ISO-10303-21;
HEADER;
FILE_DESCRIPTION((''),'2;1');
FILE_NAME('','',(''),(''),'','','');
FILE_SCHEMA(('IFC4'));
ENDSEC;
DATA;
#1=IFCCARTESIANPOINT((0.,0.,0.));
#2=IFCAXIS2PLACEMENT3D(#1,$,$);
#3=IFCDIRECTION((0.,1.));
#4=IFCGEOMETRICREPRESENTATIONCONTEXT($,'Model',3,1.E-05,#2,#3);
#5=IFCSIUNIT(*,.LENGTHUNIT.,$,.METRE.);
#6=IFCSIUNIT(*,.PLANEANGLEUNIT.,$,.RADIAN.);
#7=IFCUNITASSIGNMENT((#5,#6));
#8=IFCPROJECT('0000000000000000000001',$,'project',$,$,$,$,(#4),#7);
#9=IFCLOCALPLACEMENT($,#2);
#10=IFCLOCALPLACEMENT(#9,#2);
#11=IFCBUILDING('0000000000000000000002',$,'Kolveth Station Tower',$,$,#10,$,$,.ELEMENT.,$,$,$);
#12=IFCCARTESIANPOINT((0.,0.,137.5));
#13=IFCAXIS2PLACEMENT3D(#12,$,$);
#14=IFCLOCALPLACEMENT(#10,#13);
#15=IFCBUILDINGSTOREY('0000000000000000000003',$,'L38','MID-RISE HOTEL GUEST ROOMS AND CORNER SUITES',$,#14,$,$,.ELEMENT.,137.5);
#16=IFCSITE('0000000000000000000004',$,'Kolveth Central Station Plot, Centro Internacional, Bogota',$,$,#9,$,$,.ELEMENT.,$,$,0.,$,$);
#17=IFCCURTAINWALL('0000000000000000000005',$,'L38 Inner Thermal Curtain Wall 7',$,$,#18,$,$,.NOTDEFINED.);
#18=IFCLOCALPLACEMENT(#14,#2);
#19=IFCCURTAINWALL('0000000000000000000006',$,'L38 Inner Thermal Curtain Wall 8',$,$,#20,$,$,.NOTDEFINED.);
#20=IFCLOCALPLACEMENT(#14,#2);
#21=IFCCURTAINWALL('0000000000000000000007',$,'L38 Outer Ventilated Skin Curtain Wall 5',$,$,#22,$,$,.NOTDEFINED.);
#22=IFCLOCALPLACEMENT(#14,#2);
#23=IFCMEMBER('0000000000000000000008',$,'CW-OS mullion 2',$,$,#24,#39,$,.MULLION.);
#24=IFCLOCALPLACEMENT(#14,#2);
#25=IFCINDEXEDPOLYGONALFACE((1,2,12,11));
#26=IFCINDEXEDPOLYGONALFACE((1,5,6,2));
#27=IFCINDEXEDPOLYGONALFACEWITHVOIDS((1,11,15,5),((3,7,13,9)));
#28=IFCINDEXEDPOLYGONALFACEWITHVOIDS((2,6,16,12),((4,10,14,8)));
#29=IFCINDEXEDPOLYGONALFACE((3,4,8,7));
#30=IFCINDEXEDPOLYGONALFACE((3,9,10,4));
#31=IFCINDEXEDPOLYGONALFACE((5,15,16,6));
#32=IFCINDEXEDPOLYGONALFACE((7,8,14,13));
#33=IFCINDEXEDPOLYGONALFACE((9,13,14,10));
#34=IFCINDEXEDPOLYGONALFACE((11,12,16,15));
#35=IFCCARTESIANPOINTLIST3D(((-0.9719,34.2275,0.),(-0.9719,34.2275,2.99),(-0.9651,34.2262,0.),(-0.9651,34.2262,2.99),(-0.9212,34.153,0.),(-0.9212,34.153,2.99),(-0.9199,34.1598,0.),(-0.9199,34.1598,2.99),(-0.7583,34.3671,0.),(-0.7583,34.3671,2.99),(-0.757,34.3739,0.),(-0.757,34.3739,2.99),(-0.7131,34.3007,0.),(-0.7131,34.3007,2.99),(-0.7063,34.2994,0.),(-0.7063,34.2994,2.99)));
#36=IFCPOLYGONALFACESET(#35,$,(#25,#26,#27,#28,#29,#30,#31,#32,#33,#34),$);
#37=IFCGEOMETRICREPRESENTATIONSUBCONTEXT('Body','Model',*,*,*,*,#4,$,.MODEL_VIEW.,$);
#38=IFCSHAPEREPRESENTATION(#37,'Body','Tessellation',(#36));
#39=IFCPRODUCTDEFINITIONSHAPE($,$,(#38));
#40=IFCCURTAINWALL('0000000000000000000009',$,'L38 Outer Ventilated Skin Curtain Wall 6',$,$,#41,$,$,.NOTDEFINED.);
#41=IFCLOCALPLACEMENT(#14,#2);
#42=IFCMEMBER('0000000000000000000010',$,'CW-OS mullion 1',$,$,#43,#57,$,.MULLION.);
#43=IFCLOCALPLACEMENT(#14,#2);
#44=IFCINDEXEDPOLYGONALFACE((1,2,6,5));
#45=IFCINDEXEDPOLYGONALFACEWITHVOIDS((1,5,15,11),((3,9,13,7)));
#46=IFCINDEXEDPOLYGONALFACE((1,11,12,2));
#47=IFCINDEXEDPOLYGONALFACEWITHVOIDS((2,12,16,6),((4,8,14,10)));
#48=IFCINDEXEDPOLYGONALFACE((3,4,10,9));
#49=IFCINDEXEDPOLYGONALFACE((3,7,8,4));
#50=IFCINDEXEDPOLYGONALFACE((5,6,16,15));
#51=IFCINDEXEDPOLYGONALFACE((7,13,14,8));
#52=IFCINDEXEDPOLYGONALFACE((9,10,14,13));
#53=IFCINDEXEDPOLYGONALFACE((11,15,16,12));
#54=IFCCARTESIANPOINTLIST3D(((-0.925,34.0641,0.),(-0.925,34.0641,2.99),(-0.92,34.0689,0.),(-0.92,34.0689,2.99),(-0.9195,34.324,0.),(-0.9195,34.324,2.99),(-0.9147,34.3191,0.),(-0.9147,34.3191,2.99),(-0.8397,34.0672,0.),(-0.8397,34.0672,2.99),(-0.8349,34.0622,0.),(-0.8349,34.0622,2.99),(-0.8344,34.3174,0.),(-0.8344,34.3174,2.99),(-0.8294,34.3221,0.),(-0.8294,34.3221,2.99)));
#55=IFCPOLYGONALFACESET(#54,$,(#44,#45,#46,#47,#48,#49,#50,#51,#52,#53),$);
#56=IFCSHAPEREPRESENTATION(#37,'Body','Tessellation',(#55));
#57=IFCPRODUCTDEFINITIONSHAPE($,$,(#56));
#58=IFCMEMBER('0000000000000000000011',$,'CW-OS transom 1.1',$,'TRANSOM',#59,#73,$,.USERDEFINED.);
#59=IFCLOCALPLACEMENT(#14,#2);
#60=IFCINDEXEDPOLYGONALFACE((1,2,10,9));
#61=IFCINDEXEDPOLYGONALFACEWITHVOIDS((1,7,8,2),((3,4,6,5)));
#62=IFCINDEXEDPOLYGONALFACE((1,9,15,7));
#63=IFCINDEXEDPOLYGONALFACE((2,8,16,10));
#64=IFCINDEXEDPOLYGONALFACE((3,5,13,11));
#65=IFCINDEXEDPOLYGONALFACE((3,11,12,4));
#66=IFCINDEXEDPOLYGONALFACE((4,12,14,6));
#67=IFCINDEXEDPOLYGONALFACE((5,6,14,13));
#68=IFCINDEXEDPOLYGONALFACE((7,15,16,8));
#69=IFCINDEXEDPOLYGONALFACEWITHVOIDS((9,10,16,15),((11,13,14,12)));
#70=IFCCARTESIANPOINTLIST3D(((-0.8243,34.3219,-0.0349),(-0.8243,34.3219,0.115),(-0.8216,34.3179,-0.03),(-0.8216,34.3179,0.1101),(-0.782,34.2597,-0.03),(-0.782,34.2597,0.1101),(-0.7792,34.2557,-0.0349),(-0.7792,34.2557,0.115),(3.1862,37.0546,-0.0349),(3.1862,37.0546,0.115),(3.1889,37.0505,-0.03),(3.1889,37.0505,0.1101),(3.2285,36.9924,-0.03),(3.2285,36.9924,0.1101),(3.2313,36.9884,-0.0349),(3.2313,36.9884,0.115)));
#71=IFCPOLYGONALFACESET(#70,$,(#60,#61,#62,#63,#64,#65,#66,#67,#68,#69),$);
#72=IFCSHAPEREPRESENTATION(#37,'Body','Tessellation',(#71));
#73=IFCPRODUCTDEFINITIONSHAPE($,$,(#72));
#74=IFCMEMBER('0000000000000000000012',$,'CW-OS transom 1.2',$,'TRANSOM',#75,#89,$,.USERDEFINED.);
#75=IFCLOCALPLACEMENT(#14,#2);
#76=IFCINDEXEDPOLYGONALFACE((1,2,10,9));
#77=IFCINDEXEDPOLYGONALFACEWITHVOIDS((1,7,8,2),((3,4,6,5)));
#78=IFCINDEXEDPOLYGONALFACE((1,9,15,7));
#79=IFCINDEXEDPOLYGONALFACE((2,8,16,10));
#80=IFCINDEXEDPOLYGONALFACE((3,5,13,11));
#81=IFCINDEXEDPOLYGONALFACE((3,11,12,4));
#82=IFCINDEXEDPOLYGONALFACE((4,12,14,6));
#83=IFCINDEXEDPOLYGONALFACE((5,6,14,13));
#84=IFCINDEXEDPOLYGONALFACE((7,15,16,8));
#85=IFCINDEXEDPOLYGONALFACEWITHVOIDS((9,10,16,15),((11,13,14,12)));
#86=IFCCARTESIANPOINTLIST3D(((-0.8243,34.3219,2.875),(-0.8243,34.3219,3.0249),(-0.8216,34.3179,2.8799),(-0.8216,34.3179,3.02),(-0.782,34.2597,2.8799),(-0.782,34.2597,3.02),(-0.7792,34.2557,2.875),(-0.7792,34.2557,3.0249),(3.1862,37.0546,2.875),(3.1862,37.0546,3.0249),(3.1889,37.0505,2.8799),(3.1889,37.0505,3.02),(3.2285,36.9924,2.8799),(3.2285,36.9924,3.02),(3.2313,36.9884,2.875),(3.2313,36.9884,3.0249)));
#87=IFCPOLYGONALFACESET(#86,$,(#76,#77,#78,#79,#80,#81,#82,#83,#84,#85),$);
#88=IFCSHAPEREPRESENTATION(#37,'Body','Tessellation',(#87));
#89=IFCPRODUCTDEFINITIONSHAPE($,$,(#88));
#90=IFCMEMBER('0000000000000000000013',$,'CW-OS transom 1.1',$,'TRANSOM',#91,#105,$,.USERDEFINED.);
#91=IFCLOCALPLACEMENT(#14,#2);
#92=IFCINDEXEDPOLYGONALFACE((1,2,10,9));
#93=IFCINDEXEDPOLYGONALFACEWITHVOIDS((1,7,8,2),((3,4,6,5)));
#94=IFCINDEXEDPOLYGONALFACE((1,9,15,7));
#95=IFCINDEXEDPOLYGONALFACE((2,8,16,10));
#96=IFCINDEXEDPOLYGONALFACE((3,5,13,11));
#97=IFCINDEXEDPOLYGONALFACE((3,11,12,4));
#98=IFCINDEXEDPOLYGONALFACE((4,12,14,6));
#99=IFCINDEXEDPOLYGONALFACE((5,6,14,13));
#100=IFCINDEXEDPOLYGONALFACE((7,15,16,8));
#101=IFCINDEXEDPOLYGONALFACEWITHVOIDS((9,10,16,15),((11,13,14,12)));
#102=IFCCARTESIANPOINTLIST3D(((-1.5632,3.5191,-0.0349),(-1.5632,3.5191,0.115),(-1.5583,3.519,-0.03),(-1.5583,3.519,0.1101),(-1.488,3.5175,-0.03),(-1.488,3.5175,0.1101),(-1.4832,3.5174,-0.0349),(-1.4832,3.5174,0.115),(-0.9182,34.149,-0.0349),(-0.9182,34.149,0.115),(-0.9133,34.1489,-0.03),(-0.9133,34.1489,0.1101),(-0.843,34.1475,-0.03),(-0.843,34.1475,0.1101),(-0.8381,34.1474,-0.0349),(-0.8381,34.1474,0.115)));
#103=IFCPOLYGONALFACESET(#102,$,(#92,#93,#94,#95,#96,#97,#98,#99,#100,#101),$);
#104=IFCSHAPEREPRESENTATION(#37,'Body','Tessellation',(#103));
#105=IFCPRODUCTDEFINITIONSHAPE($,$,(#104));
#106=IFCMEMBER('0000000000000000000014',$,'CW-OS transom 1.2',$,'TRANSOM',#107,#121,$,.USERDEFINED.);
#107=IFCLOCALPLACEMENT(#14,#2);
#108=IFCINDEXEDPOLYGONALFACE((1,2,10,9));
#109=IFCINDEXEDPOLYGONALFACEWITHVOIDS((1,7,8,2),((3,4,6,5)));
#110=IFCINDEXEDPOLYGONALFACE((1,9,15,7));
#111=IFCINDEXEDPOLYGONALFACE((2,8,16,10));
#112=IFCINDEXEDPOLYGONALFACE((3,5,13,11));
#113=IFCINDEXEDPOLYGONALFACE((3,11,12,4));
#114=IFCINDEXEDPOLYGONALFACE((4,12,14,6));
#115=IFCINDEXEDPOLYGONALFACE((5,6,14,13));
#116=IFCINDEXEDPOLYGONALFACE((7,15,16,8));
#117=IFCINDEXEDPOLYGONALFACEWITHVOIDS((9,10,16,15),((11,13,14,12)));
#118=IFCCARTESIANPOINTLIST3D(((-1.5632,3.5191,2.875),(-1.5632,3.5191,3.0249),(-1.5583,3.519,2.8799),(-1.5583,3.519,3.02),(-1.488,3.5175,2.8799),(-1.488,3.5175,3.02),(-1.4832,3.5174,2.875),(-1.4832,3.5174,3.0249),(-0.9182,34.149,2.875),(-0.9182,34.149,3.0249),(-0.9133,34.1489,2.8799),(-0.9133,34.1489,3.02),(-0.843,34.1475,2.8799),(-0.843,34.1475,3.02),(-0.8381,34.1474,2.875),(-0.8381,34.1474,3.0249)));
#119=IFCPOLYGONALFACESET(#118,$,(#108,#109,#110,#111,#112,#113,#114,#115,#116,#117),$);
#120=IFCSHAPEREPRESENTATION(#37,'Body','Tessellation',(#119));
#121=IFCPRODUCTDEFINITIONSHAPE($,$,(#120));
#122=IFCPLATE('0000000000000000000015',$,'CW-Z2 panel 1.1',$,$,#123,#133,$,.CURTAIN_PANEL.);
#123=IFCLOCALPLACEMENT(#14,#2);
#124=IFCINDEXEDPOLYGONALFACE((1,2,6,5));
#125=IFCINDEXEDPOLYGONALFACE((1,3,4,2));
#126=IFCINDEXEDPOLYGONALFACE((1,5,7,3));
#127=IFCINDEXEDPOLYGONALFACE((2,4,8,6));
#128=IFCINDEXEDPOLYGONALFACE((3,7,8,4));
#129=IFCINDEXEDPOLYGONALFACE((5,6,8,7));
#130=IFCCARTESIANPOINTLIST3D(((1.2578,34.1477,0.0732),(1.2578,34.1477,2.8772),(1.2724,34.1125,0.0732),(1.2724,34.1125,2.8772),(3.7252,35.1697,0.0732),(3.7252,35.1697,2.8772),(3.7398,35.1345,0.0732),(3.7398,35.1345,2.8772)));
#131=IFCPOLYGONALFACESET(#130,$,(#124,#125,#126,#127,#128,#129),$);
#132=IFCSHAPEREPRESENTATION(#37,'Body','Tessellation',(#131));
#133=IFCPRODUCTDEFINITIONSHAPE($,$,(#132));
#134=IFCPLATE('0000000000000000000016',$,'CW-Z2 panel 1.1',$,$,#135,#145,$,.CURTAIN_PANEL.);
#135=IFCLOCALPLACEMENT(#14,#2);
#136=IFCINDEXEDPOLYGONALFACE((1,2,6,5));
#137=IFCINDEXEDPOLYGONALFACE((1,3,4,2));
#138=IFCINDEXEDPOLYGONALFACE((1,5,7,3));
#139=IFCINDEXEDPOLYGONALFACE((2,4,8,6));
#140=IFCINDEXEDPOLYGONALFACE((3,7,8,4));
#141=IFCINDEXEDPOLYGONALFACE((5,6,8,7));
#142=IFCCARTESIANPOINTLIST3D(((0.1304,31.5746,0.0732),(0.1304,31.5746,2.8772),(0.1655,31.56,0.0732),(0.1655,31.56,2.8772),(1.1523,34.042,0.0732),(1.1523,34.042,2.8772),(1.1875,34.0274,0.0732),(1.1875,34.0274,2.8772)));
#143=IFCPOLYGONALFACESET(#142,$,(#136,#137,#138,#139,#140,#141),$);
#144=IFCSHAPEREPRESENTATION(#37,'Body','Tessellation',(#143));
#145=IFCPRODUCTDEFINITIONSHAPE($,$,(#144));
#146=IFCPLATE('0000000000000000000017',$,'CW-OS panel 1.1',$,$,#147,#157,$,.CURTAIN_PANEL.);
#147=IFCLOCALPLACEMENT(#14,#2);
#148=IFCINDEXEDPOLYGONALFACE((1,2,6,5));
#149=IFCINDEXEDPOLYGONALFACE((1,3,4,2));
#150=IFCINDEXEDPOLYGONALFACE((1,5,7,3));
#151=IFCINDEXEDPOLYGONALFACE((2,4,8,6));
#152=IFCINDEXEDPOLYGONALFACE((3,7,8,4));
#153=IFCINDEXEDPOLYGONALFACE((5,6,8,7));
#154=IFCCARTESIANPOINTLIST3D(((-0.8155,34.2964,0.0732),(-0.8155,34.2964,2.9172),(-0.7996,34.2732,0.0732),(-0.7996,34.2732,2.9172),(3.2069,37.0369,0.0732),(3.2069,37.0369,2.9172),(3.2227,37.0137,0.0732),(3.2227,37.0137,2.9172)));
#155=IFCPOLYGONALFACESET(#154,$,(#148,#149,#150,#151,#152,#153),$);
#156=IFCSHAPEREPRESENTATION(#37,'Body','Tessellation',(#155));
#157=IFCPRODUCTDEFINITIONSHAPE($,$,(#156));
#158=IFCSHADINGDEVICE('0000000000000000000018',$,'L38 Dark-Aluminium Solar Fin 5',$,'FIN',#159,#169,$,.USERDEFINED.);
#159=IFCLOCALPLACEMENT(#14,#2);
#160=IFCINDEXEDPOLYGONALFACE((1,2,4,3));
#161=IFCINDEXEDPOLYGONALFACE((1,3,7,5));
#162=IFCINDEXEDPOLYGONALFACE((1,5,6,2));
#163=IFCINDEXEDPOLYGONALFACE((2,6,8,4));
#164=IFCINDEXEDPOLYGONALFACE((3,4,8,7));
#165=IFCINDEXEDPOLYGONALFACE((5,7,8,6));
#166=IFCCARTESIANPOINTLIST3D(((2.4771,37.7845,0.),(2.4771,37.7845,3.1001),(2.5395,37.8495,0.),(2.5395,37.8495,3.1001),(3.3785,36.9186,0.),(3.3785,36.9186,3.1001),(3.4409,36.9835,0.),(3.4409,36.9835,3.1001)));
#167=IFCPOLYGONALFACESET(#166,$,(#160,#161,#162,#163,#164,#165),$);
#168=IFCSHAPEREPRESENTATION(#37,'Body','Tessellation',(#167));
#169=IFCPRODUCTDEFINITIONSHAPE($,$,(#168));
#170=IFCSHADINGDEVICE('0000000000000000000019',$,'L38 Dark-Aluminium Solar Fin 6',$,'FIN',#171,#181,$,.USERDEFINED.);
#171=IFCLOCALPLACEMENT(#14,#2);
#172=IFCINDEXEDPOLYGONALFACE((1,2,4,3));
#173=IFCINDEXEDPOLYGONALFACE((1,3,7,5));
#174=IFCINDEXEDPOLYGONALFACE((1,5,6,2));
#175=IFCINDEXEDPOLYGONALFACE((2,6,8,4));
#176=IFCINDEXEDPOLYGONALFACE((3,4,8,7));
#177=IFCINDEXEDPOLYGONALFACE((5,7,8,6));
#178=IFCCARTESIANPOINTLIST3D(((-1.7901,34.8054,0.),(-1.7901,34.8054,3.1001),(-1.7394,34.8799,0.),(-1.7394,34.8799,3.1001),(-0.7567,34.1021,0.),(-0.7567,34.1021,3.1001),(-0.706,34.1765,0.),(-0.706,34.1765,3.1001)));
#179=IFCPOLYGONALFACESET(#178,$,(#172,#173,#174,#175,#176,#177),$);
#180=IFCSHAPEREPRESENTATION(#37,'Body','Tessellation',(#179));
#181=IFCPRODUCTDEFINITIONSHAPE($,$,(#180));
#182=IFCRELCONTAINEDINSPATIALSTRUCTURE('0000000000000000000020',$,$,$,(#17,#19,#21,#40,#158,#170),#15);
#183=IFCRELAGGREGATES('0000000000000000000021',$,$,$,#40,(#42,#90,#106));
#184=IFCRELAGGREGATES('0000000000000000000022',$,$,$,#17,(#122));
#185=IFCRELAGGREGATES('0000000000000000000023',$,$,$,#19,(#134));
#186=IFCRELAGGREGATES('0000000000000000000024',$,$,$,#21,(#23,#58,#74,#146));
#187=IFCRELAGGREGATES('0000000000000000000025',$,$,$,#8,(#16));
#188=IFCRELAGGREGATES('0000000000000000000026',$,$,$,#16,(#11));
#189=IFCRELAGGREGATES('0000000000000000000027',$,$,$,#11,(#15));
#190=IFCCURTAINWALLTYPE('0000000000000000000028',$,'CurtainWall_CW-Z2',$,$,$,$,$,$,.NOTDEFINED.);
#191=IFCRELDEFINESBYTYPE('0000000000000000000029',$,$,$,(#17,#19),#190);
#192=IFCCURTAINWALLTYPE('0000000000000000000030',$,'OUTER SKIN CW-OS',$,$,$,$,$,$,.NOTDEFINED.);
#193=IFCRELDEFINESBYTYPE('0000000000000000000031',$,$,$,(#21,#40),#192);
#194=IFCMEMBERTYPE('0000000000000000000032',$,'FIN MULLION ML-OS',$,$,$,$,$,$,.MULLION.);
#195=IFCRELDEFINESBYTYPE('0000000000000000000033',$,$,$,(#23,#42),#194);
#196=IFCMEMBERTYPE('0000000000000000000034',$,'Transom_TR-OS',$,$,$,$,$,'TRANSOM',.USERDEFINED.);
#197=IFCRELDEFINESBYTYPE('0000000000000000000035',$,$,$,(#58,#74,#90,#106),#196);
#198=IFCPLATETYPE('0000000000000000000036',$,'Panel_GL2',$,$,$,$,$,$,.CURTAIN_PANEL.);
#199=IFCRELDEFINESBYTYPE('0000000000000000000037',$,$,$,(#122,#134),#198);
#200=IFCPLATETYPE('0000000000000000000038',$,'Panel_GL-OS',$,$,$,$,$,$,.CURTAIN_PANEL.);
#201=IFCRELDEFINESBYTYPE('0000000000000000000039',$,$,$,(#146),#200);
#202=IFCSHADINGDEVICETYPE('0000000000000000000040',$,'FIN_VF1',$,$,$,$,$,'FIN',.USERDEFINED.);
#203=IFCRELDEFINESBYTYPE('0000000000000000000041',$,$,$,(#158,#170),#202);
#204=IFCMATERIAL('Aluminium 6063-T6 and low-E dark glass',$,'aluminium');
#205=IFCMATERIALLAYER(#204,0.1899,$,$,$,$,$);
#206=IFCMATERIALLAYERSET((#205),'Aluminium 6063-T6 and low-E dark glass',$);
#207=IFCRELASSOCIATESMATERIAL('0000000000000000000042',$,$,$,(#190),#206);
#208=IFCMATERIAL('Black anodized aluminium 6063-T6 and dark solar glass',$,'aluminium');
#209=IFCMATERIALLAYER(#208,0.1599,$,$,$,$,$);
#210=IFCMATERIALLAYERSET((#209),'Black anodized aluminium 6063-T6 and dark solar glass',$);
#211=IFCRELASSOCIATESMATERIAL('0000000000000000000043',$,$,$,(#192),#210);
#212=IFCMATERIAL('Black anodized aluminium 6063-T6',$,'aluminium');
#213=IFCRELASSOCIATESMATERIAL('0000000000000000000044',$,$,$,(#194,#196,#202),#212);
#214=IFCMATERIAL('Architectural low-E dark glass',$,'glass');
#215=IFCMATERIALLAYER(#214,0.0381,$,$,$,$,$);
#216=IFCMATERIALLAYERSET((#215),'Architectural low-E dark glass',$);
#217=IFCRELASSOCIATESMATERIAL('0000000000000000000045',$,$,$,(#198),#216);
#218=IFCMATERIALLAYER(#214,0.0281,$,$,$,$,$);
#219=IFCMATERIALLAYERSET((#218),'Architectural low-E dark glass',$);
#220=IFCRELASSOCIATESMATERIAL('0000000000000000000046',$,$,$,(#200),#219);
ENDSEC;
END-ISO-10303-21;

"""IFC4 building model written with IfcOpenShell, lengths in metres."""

from ifc_helpers import new_model, si_unit, direction, frame, origin, origin_2d, place, context, subcontext, project, spatial, rectangle, hollow_rectangle, extrude, source, transform, mapped, material, layer, layer_set, material_profile, profile_set, type_object, element, aggregate, save


model = new_model("IFC4")

# Units and contexts
model_context = context("Model", 3, precision=1e-05, world=origin(), true_north=direction((0.0, 1.0)))
body_context = subcontext(model_context, "Body", "Model", "MODEL_VIEW")
ifc_project = project(units=[si_unit("LENGTHUNIT", "METRE"), si_unit("PLANEANGLEUNIT", "RADIAN")], contexts=[model_context])

# Site, building, storey
site_placement = place(None, origin())
site = spatial("IfcSite", under=ifc_project, at=site_placement, Name="Kolveth Central Station Plot, Centro Internacional, Bogota", CompositionType="ELEMENT", RefElevation=0.0)
building_placement = place(site_placement, origin())
building = spatial("IfcBuilding", under=site, at=building_placement, Name="Kolveth Station Tower", CompositionType="ELEMENT")
storey_placement = place(building_placement, frame((0.0, 0.0, 137.5)))
storey = spatial("IfcBuildingStorey", under=building, at=storey_placement, Name="L38", Description="MID-RISE HOTEL GUEST ROOMS AND CORNER SUITES", CompositionType="ELEMENT", Elevation=137.5)

# Shared definitions
ifc_material_1 = material(Name="Aluminium 6063-T6 and low-E dark glass", Category="aluminium")
ifc_layer_1 = layer(ifc_material_1, 0.1899)
ifc_layer_set_1 = layer_set([ifc_layer_1], Name="Aluminium 6063-T6 and low-E dark glass")
curtain_wall_type_1 = type_object("IfcCurtainWallType", Name="CurtainWall_CW-Z2", PredefinedType="NOTDEFINED", material=ifc_layer_set_1)
ifc_material_2 = material(Name="Black anodized aluminium 6063-T6", Category="aluminium")

# Curtain wall
curtain_wall_1_placement = place(storey_placement, origin())
curtain_wall_1 = element("IfcCurtainWall", 1, at=curtain_wall_1_placement, inside=storey, type_object=curtain_wall_type_1, Name="L38 Inner Thermal Curtain Wall 7", PredefinedType="NOTDEFINED")

# Curtain wall
curtain_wall_2_placement = place(storey_placement, origin())
curtain_wall_2 = element("IfcCurtainWall", 2, at=curtain_wall_2_placement, inside=storey, type_object=curtain_wall_type_1, Name="L38 Inner Thermal Curtain Wall 8", PredefinedType="NOTDEFINED")

# Shared definitions
ifc_material_3 = material(Name="Black anodized aluminium 6063-T6 and dark solar glass", Category="aluminium")
ifc_layer_2 = layer(ifc_material_3, 0.1599)
ifc_layer_set_2 = layer_set([ifc_layer_2], Name="Black anodized aluminium 6063-T6 and dark solar glass")
curtain_wall_type_2 = type_object("IfcCurtainWallType", Name="OUTER SKIN CW-OS", PredefinedType="NOTDEFINED", material=ifc_layer_set_2)
ifc_material_profile_1 = material_profile(ifc_material_2, hollow_rectangle(XDim=0.0901, YDim=0.26, WallThickness=0.0049, at=origin_2d()), Name="ALU-90x260x5")
ifc_profile_set_1 = profile_set([ifc_material_profile_1], Name="Black anodized aluminium 6063-T6")
member_type_1 = type_object("IfcMemberType", Name="FIN MULLION ML-OS", PredefinedType="MULLION", material=ifc_profile_set_1)
shared_shape_1 = source(origin(), body_context, "Body", "SweptSolid", [
    extrude(hollow_rectangle(XDim=0.0901, YDim=0.26, WallThickness=0.0049, at=origin_2d()), origin(), (0.0, 0.0, 1.0), 2.99),
])

# Curtain wall, member
curtain_wall_3_placement = place(storey_placement, origin())
curtain_wall_3 = element("IfcCurtainWall", 3, at=curtain_wall_3_placement, inside=storey, type_object=curtain_wall_type_2, Name="L38 Outer Ventilated Skin Curtain Wall 5", PredefinedType="NOTDEFINED")
member_1_placement = place(storey_placement, frame((-0.8391, 34.2634, 0.0), z_axis=(0.0, 0.0, 1.0), x_axis=(0.563058, -0.826417, 0.0)))
member_1 = element("IfcMember", 4, at=member_1_placement, type_object=member_type_1, Name="CW-OS mullion 2", PredefinedType="MULLION", context=body_context, shape_type="MappedRepresentation", body=[
    mapped(shared_shape_1, transform((0.0, 0.0, 0.0), x_axis=(1.0, 0.0, 0.0), y_axis=(0.0, 1.0, 0.0), z_axis=(0.0, 0.0, 1.0), scale=1.0)),
])

# Curtain wall, member
curtain_wall_4_placement = place(storey_placement, origin())
curtain_wall_4 = element("IfcCurtainWall", 5, at=curtain_wall_4_placement, inside=storey, type_object=curtain_wall_type_2, Name="L38 Outer Ventilated Skin Curtain Wall 6", PredefinedType="NOTDEFINED")
member_2_placement = place(storey_placement, frame((-0.8772, 34.1931, 0.0), z_axis=(0.0, 0.0, 1.0), x_axis=(0.999778, -0.021054, 0.0)))
member_2 = element("IfcMember", 6, at=member_2_placement, type_object=member_type_1, Name="CW-OS mullion 1", PredefinedType="MULLION", context=body_context, shape_type="MappedRepresentation", body=[
    mapped(shared_shape_1, transform((0.0, 0.0, 0.0), x_axis=(1.0, 0.0, 0.0), y_axis=(0.0, 1.0, 0.0), z_axis=(0.0, 0.0, 1.0), scale=1.0)),
])

# Members
ifc_material_profile_2 = material_profile(ifc_material_2, hollow_rectangle(XDim=0.0801, YDim=0.1499, WallThickness=0.0049, at=origin_2d()), Name="ALU-80x150x5")
ifc_profile_set_2 = profile_set([ifc_material_profile_2], Name="Black anodized aluminium 6063-T6")
member_type_2 = type_object("IfcMemberType", Name="Transom_TR-OS", ElementType="TRANSOM", PredefinedType="USERDEFINED", material=ifc_profile_set_2)
shared_shape_2 = source(origin(), body_context, "Body", "SweptSolid", [
    extrude(hollow_rectangle(XDim=0.0801, YDim=0.1499, WallThickness=0.0049, at=origin_2d()), origin(), (0.0, 0.0, 1.0), 4.853),
])
member_3_placement = place(storey_placement, frame((3.2087, 37.0215, 0.04), z_axis=(-0.826397, -0.563089, 0.0), x_axis=(0.563089, -0.826397, 0.0)))
member_3 = element("IfcMember", 7, at=member_3_placement, type_object=member_type_2, Name="CW-OS transom 1.1", ObjectType="TRANSOM", PredefinedType="USERDEFINED", context=body_context, shape_type="MappedRepresentation", body=[
    mapped(shared_shape_2, transform((0.0, 0.0, 0.0), x_axis=(1.0, 0.0, 0.0), y_axis=(0.0, 1.0, 0.0), z_axis=(0.0, 0.0, 1.0), scale=1.0)),
])
member_4_placement = place(storey_placement, frame((3.2087, 37.0215, 2.95), z_axis=(-0.826397, -0.563089, 0.0), x_axis=(0.563089, -0.826397, 0.0)))
member_4 = element("IfcMember", 8, at=member_4_placement, type_object=member_type_2, Name="CW-OS transom 1.2", ObjectType="TRANSOM", PredefinedType="USERDEFINED", context=body_context, shape_type="MappedRepresentation", body=[
    mapped(shared_shape_2, transform((0.0, 0.0, 0.0), x_axis=(1.0, 0.0, 0.0), y_axis=(0.0, 1.0, 0.0), z_axis=(0.0, 0.0, 1.0), scale=1.0)),
])
shared_shape_3 = source(origin(), body_context, "Body", "SweptSolid", [
    extrude(hollow_rectangle(XDim=0.0801, YDim=0.1499, WallThickness=0.0049, at=origin_2d()), origin(), (0.0, 0.0, 1.0), 30.6367),
])
member_5_placement = place(storey_placement, frame((-0.8782, 34.1482, 0.04), z_axis=(-0.021054, -0.999778, 0.0), x_axis=(0.999778, -0.021054, 0.0)))
member_5 = element("IfcMember", 9, at=member_5_placement, type_object=member_type_2, Name="CW-OS transom 1.1", ObjectType="TRANSOM", PredefinedType="USERDEFINED", context=body_context, shape_type="MappedRepresentation", body=[
    mapped(shared_shape_3, transform((0.0, 0.0, 0.0), x_axis=(1.0, 0.0, 0.0), y_axis=(0.0, 1.0, 0.0), z_axis=(0.0, 0.0, 1.0), scale=1.0)),
])
member_6_placement = place(storey_placement, frame((-0.8782, 34.1482, 2.95), z_axis=(-0.021054, -0.999778, 0.0), x_axis=(0.999778, -0.021054, 0.0)))
member_6 = element("IfcMember", 10, at=member_6_placement, type_object=member_type_2, Name="CW-OS transom 1.2", ObjectType="TRANSOM", PredefinedType="USERDEFINED", context=body_context, shape_type="MappedRepresentation", body=[
    mapped(shared_shape_3, transform((0.0, 0.0, 0.0), x_axis=(1.0, 0.0, 0.0), y_axis=(0.0, 1.0, 0.0), z_axis=(0.0, 0.0, 1.0), scale=1.0)),
])
aggregate(curtain_wall_4, [member_2, member_5, member_6])

# Plates
ifc_material_4 = material(Name="Architectural low-E dark glass", Category="glass")
ifc_layer_3 = layer(ifc_material_4, 0.0381)
ifc_layer_set_3 = layer_set([ifc_layer_3], Name="Architectural low-E dark glass")
plate_type_1 = type_object("IfcPlateType", Name="Panel_GL2", PredefinedType="CURTAIN_PANEL", material=ifc_layer_set_3)
shared_shape_4 = source(origin(), body_context, "Body", "SweptSolid", [
    extrude(rectangle(XDim=2.6707, YDim=0.0381, at=origin_2d()), origin(), (0.0, 0.0, 1.0), 2.804),
])
plate_1_placement = place(storey_placement, frame((2.4988, 34.6411, 0.0732), z_axis=(0.0, 0.0, 1.0), x_axis=(-0.923888, -0.382663, 0.0)))
plate_1 = element("IfcPlate", 11, at=plate_1_placement, type_object=plate_type_1, Name="CW-Z2 panel 1.1", PredefinedType="CURTAIN_PANEL", context=body_context, shape_type="MappedRepresentation", body=[
    mapped(shared_shape_4, transform((0.0, 0.0, 0.0), x_axis=(1.0, 0.0, 0.0), y_axis=(0.0, 1.0, 0.0), z_axis=(0.0, 0.0, 1.0), scale=1.0)),
])
aggregate(curtain_wall_1, [plate_1])
plate_2_placement = place(storey_placement, frame((0.6589, 32.801, 0.0732), z_axis=(0.0, 0.0, 1.0), x_axis=(-0.382663, -0.923888, 0.0)))
plate_2 = element("IfcPlate", 12, at=plate_2_placement, type_object=plate_type_1, Name="CW-Z2 panel 1.1", PredefinedType="CURTAIN_PANEL", context=body_context, shape_type="MappedRepresentation", body=[
    mapped(shared_shape_4, transform((0.0, 0.0, 0.0), x_axis=(1.0, 0.0, 0.0), y_axis=(0.0, 1.0, 0.0), z_axis=(0.0, 0.0, 1.0), scale=1.0)),
])
aggregate(curtain_wall_2, [plate_2])
ifc_layer_4 = layer(ifc_material_4, 0.0281)
ifc_layer_set_4 = layer_set([ifc_layer_4], Name="Architectural low-E dark glass")
plate_type_2 = type_object("IfcPlateType", Name="Panel_GL-OS", PredefinedType="CURTAIN_PANEL", material=ifc_layer_set_4)
shared_shape_5 = source(origin(), body_context, "Body", "SweptSolid", [
    extrude(rectangle(XDim=4.8672, YDim=0.0281, at=origin_2d()), origin(), (0.0, 0.0, 1.0), 2.844),
])
plate_3_placement = place(storey_placement, frame((1.2036, 35.655, 0.0732), z_axis=(0.0, 0.0, 1.0), x_axis=(-0.826417, -0.563058, 0.0)))
plate_3 = element("IfcPlate", 13, at=plate_3_placement, type_object=plate_type_2, Name="CW-OS panel 1.1", PredefinedType="CURTAIN_PANEL", context=body_context, shape_type="MappedRepresentation", body=[
    mapped(shared_shape_5, transform((0.0, 0.0, 0.0), x_axis=(1.0, 0.0, 0.0), y_axis=(0.0, 1.0, 0.0), z_axis=(0.0, 0.0, 1.0), scale=1.0)),
])
aggregate(curtain_wall_3, [member_1, member_3, member_4, plate_3])

# Shading devices
shading_device_type = type_object("IfcShadingDeviceType", Name="FIN_VF1", ElementType="FIN", PredefinedType="USERDEFINED", material=ifc_material_2)
shared_shape_6 = source(origin(), body_context, "Body", "SweptSolid", [
    extrude(rectangle(XDim=1.25, YDim=0.0901, at=origin_2d()), origin(), (0.0, 0.0, 1.0), 3.1001),
])
for number, where, z_axis, x_axis, name in (
    (14, (2.959, 37.384, 0.0), (0.0, 0.0, 1.0), (-0.721156, 0.692773, 0.0), "L38 Dark-Aluminium Solar Fin 5"),
    (15, (-1.248, 34.491, 0.0), (0.0, 0.0, 1.0), (-0.826688, 0.562661, 0.0), "L38 Dark-Aluminium Solar Fin 6"),
):
    element("IfcShadingDevice", number, at=place(storey_placement, frame(where, z_axis=z_axis, x_axis=x_axis)), inside=storey, type_object=shading_device_type, Name=name, ObjectType="FIN", PredefinedType="USERDEFINED", context=body_context, shape_type="MappedRepresentation", body=[
        mapped(shared_shape_6, transform((0.0, 0.0, 0.0), x_axis=(1.0, 0.0, 0.0), y_axis=(0.0, 1.0, 0.0), z_axis=(0.0, 0.0, 1.0), scale=1.0)),
    ])

save(model, "model.ifc")
